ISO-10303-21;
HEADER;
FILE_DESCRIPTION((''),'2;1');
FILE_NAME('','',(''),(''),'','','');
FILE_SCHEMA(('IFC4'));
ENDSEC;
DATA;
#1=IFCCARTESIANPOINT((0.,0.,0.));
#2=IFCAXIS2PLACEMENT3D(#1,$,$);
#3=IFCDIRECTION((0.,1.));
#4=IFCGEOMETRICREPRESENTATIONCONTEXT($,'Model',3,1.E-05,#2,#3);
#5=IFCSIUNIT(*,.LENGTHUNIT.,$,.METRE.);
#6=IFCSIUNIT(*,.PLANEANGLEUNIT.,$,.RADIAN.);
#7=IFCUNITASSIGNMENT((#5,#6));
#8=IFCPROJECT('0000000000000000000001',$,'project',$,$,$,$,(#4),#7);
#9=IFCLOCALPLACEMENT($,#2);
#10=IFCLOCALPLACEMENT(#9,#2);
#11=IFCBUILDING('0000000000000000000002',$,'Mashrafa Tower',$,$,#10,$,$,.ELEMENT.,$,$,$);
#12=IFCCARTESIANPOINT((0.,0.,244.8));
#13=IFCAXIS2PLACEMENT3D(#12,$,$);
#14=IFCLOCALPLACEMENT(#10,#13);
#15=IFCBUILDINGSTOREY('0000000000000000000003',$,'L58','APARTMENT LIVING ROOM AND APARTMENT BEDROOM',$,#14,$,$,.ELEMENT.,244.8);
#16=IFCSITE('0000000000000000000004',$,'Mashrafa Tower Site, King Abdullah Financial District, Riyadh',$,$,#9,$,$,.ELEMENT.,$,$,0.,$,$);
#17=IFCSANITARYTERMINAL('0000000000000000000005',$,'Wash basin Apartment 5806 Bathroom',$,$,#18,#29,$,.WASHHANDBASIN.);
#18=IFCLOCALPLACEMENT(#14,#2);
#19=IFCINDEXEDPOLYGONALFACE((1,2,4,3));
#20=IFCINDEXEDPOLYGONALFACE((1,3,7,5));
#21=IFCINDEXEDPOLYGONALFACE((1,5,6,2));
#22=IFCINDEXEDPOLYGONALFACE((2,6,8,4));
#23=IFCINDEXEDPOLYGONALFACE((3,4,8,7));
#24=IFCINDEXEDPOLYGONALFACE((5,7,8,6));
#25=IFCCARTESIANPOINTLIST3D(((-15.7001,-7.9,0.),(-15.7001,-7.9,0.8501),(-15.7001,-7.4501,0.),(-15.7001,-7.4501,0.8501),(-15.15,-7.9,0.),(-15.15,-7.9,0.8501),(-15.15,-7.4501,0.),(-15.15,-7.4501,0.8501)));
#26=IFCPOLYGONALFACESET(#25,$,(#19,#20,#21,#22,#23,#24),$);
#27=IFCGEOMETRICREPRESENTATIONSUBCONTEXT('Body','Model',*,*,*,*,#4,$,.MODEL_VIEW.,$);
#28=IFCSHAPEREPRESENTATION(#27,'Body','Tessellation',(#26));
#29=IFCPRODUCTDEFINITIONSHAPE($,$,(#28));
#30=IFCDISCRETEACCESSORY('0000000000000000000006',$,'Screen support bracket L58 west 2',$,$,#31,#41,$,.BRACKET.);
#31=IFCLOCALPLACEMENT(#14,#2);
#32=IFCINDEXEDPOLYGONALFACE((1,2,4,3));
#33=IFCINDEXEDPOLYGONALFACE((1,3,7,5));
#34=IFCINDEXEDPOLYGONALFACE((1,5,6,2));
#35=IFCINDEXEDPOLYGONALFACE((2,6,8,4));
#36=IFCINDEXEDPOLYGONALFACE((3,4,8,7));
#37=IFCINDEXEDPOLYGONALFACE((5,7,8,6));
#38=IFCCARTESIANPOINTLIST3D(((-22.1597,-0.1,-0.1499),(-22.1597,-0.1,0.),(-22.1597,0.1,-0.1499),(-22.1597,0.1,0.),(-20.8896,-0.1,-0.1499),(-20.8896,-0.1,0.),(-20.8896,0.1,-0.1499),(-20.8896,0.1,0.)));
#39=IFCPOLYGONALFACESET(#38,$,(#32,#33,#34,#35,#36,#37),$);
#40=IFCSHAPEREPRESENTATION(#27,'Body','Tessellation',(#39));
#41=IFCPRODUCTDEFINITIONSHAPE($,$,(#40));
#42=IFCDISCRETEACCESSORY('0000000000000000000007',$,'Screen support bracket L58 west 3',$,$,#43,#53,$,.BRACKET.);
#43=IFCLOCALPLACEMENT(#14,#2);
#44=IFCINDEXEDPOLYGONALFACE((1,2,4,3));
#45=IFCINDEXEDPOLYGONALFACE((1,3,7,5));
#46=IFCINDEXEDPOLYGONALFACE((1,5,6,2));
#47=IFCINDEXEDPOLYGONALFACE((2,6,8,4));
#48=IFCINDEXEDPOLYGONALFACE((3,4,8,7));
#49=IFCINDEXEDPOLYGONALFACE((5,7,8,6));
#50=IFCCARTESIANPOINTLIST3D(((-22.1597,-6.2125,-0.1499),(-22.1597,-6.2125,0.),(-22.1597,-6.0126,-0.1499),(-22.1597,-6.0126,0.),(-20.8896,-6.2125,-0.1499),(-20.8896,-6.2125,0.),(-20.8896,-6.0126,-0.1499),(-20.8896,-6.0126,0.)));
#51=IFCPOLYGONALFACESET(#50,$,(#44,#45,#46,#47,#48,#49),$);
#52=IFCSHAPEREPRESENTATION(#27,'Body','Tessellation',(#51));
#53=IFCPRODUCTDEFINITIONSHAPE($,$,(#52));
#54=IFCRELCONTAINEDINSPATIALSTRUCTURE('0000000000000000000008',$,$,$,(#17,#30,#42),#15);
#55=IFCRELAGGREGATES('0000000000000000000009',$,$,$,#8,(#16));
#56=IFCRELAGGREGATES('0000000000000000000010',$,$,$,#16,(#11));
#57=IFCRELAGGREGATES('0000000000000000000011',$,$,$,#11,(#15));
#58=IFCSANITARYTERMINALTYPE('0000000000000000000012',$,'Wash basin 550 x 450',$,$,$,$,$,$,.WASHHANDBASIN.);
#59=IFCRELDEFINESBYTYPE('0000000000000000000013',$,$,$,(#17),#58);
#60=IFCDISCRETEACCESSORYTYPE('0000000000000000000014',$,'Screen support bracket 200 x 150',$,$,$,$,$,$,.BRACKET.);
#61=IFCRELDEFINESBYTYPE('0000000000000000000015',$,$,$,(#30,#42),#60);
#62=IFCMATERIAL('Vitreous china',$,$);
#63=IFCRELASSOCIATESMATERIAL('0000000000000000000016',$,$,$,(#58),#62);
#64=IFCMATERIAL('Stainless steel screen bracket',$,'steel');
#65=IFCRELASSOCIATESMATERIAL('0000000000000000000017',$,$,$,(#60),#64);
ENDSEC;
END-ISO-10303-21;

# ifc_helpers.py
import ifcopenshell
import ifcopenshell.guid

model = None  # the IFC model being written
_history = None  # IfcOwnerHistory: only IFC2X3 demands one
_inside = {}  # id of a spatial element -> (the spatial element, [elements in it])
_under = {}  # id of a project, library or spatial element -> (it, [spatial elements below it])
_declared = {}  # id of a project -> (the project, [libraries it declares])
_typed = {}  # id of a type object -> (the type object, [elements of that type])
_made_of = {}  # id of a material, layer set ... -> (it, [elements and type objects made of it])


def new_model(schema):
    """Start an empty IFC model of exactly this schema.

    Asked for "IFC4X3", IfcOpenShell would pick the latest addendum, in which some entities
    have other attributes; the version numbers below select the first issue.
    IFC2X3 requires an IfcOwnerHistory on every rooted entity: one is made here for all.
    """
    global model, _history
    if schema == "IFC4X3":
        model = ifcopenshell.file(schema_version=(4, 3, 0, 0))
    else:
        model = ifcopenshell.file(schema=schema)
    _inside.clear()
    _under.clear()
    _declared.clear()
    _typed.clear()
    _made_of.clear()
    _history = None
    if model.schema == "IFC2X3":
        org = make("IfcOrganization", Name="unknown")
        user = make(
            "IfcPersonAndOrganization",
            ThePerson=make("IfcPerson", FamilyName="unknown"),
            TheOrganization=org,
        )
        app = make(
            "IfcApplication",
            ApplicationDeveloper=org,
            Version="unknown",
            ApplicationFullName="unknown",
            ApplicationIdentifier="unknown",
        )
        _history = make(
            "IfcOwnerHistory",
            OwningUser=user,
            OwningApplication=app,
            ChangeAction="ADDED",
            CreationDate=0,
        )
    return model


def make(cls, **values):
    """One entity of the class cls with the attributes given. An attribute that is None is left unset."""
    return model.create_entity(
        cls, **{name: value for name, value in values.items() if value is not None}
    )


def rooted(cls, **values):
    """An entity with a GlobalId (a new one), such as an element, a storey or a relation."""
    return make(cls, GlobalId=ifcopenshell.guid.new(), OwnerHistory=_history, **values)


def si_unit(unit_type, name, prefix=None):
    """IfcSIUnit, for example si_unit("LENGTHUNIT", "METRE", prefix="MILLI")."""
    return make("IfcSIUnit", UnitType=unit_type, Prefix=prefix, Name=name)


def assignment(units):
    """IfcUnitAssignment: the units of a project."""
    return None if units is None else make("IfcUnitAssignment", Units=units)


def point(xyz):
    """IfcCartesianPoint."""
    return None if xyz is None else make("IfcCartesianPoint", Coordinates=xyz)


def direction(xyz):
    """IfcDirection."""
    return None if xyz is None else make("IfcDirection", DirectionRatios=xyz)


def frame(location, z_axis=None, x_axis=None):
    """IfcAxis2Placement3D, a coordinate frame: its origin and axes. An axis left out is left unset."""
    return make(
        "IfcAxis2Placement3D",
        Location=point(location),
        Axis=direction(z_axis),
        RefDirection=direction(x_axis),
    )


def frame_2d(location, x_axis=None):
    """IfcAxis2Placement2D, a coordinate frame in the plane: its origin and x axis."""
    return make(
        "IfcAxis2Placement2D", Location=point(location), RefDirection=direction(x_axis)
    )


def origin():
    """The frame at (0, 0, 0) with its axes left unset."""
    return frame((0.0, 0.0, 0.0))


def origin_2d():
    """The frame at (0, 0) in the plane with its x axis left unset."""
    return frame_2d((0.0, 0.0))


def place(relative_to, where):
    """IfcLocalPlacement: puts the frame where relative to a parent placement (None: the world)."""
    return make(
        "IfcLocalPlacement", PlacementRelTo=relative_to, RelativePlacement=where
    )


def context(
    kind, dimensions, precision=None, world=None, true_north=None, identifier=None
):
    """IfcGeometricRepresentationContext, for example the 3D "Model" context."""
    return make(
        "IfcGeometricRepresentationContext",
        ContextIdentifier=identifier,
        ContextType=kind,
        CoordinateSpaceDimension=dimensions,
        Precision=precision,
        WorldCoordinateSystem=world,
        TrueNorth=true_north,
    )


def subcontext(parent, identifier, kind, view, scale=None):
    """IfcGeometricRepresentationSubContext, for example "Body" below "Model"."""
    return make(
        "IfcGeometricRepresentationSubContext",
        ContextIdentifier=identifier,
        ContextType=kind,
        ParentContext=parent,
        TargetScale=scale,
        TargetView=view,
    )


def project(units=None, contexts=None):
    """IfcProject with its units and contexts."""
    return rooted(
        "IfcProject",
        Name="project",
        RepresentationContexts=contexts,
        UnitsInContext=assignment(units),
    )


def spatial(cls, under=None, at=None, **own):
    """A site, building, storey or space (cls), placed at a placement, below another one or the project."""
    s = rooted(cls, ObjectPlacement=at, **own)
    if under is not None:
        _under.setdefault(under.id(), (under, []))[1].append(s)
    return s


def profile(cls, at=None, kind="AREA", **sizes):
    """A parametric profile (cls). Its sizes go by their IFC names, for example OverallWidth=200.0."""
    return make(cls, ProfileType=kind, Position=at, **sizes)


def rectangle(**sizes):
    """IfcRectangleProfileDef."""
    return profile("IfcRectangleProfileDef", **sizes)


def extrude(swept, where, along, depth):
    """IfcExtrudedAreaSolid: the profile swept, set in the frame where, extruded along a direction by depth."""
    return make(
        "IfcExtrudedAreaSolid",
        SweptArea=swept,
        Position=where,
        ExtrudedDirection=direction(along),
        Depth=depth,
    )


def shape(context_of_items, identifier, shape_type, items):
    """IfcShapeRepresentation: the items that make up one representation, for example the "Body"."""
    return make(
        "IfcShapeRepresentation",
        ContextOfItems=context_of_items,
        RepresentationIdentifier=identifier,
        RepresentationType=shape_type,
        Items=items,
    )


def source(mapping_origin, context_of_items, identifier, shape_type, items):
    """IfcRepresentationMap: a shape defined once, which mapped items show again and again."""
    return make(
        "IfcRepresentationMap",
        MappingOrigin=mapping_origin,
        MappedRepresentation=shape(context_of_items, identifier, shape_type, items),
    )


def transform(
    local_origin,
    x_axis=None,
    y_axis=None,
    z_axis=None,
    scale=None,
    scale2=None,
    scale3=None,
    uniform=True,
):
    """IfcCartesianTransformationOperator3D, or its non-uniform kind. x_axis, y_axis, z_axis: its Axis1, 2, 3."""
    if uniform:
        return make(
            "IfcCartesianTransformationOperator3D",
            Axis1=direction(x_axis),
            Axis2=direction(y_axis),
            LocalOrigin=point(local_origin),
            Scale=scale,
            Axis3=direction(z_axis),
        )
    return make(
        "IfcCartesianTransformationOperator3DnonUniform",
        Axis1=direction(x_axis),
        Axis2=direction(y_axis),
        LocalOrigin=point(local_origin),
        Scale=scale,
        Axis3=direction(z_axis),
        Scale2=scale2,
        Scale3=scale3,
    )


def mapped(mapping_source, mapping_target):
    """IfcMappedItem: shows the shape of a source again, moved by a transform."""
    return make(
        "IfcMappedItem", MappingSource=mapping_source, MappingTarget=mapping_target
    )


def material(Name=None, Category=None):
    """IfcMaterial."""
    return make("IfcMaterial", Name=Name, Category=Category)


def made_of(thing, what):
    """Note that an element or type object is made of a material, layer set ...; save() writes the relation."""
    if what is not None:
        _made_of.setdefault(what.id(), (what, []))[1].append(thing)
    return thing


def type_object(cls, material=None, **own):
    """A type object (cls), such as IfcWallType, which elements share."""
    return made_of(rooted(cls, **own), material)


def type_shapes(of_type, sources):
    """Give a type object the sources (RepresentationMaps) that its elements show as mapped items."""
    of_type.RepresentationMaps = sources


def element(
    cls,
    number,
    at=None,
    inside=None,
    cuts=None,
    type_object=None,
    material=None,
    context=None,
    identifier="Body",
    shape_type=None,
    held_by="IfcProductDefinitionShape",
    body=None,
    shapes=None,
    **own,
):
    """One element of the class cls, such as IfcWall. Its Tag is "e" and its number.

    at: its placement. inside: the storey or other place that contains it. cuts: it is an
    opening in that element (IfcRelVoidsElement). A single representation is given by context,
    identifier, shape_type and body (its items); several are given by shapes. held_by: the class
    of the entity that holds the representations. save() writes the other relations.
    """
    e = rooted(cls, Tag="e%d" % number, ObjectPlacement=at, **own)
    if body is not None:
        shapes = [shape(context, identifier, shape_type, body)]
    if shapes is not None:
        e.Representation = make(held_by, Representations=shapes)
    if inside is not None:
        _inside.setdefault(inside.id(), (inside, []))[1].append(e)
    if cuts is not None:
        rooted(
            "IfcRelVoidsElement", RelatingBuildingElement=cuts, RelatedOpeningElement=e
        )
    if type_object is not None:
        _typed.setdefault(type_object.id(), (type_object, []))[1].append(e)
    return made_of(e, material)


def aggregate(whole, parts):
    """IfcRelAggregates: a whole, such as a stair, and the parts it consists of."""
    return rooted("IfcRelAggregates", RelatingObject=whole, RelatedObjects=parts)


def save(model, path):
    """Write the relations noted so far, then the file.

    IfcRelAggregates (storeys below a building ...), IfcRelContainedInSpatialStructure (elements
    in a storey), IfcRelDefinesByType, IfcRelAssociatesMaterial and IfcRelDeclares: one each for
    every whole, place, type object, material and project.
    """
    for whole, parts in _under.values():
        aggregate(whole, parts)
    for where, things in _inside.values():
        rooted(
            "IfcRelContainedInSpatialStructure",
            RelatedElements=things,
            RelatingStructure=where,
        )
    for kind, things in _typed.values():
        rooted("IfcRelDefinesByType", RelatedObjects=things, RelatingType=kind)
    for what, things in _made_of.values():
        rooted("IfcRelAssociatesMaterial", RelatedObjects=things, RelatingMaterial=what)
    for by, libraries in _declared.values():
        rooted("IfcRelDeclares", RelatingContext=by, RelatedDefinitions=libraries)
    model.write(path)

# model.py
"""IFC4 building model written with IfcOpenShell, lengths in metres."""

from ifc_helpers import new_model, si_unit, direction, frame, origin, origin_2d, place, context, subcontext, project, spatial, rectangle, extrude, source, transform, mapped, material, type_object, type_shapes, element, save


model = new_model("IFC4")

# Units and contexts
model_context = context("Model", 3, precision=1e-05, world=origin(), true_north=direction((0.0, 1.0)))
body_context = subcontext(model_context, "Body", "Model", "MODEL_VIEW")
ifc_project = project(units=[si_unit("LENGTHUNIT", "METRE"), si_unit("PLANEANGLEUNIT", "RADIAN")], contexts=[model_context])

# Site, building, storey
site_placement = place(None, origin())
site = spatial("IfcSite", under=ifc_project, at=site_placement, Name="Mashrafa Tower Site, King Abdullah Financial District, Riyadh", CompositionType="ELEMENT", RefElevation=0.0)
building_placement = place(site_placement, origin())
building = spatial("IfcBuilding", under=site, at=building_placement, Name="Mashrafa Tower", CompositionType="ELEMENT")
storey_placement = place(building_placement, frame((0.0, 0.0, 244.8)))
storey = spatial("IfcBuildingStorey", under=building, at=storey_placement, Name="L58", Description="APARTMENT LIVING ROOM AND APARTMENT BEDROOM", CompositionType="ELEMENT", Elevation=244.8)

# Sanitary terminal
ifc_material_1 = material(Name="Vitreous china")
sanitary_terminal_type_1 = type_object("IfcSanitaryTerminalType", Name="Wash basin 550 x 450", PredefinedType="WASHHANDBASIN", material=ifc_material_1)
sanitary_terminal_1_placement = place(storey_placement, frame((-15.425, -7.675, 0.0), z_axis=(0.0, 0.0, 1.0), x_axis=(-1.0, 0.0, 0.0)))
element("IfcSanitaryTerminal", 1, at=sanitary_terminal_1_placement, inside=storey, type_object=sanitary_terminal_type_1, Name="Wash basin Apartment 5806 Bathroom", PredefinedType="WASHHANDBASIN", context=body_context, shape_type="SweptSolid", body=[
    extrude(rectangle(XDim=0.55, YDim=0.45, at=origin_2d()), origin(), (0.0, 0.0, 1.0), 0.8501),
])

# Discrete accessories
ifc_material_2 = material(Name="Stainless steel screen bracket", Category="steel")
discrete_accessory_type = type_object("IfcDiscreteAccessoryType", Name="Screen support bracket 200 x 150", PredefinedType="BRACKET", material=ifc_material_2)
shared_shape_1 = source(origin(), body_context, "Body", "SweptSolid", [
    extrude(rectangle(XDim=0.2, YDim=1.27, at=origin_2d()), origin(), (0.0, 0.0, 1.0), 0.1499),
])
type_shapes(discrete_accessory_type, [shared_shape_1])
for number, where, z_axis, x_axis, name in (
    (2, (-21.5247, 0.0, -0.1499), (0.0, 0.0, 1.0), (0.0, -1.0, 0.0), "Screen support bracket L58 west 2"),
    (3, (-21.5247, -6.1125, -0.1499), (0.0, 0.0, 1.0), (0.0, -1.0, 0.0), "Screen support bracket L58 west 3"),
):
    element("IfcDiscreteAccessory", number, at=place(storey_placement, frame(where, z_axis=z_axis, x_axis=x_axis)), inside=storey, type_object=discrete_accessory_type, Name=name, PredefinedType="BRACKET", context=body_context, shape_type="MappedRepresentation", body=[
        mapped(shared_shape_1, transform((0.0, 0.0, 0.0))),
    ])

save(model, "model.ifc")
